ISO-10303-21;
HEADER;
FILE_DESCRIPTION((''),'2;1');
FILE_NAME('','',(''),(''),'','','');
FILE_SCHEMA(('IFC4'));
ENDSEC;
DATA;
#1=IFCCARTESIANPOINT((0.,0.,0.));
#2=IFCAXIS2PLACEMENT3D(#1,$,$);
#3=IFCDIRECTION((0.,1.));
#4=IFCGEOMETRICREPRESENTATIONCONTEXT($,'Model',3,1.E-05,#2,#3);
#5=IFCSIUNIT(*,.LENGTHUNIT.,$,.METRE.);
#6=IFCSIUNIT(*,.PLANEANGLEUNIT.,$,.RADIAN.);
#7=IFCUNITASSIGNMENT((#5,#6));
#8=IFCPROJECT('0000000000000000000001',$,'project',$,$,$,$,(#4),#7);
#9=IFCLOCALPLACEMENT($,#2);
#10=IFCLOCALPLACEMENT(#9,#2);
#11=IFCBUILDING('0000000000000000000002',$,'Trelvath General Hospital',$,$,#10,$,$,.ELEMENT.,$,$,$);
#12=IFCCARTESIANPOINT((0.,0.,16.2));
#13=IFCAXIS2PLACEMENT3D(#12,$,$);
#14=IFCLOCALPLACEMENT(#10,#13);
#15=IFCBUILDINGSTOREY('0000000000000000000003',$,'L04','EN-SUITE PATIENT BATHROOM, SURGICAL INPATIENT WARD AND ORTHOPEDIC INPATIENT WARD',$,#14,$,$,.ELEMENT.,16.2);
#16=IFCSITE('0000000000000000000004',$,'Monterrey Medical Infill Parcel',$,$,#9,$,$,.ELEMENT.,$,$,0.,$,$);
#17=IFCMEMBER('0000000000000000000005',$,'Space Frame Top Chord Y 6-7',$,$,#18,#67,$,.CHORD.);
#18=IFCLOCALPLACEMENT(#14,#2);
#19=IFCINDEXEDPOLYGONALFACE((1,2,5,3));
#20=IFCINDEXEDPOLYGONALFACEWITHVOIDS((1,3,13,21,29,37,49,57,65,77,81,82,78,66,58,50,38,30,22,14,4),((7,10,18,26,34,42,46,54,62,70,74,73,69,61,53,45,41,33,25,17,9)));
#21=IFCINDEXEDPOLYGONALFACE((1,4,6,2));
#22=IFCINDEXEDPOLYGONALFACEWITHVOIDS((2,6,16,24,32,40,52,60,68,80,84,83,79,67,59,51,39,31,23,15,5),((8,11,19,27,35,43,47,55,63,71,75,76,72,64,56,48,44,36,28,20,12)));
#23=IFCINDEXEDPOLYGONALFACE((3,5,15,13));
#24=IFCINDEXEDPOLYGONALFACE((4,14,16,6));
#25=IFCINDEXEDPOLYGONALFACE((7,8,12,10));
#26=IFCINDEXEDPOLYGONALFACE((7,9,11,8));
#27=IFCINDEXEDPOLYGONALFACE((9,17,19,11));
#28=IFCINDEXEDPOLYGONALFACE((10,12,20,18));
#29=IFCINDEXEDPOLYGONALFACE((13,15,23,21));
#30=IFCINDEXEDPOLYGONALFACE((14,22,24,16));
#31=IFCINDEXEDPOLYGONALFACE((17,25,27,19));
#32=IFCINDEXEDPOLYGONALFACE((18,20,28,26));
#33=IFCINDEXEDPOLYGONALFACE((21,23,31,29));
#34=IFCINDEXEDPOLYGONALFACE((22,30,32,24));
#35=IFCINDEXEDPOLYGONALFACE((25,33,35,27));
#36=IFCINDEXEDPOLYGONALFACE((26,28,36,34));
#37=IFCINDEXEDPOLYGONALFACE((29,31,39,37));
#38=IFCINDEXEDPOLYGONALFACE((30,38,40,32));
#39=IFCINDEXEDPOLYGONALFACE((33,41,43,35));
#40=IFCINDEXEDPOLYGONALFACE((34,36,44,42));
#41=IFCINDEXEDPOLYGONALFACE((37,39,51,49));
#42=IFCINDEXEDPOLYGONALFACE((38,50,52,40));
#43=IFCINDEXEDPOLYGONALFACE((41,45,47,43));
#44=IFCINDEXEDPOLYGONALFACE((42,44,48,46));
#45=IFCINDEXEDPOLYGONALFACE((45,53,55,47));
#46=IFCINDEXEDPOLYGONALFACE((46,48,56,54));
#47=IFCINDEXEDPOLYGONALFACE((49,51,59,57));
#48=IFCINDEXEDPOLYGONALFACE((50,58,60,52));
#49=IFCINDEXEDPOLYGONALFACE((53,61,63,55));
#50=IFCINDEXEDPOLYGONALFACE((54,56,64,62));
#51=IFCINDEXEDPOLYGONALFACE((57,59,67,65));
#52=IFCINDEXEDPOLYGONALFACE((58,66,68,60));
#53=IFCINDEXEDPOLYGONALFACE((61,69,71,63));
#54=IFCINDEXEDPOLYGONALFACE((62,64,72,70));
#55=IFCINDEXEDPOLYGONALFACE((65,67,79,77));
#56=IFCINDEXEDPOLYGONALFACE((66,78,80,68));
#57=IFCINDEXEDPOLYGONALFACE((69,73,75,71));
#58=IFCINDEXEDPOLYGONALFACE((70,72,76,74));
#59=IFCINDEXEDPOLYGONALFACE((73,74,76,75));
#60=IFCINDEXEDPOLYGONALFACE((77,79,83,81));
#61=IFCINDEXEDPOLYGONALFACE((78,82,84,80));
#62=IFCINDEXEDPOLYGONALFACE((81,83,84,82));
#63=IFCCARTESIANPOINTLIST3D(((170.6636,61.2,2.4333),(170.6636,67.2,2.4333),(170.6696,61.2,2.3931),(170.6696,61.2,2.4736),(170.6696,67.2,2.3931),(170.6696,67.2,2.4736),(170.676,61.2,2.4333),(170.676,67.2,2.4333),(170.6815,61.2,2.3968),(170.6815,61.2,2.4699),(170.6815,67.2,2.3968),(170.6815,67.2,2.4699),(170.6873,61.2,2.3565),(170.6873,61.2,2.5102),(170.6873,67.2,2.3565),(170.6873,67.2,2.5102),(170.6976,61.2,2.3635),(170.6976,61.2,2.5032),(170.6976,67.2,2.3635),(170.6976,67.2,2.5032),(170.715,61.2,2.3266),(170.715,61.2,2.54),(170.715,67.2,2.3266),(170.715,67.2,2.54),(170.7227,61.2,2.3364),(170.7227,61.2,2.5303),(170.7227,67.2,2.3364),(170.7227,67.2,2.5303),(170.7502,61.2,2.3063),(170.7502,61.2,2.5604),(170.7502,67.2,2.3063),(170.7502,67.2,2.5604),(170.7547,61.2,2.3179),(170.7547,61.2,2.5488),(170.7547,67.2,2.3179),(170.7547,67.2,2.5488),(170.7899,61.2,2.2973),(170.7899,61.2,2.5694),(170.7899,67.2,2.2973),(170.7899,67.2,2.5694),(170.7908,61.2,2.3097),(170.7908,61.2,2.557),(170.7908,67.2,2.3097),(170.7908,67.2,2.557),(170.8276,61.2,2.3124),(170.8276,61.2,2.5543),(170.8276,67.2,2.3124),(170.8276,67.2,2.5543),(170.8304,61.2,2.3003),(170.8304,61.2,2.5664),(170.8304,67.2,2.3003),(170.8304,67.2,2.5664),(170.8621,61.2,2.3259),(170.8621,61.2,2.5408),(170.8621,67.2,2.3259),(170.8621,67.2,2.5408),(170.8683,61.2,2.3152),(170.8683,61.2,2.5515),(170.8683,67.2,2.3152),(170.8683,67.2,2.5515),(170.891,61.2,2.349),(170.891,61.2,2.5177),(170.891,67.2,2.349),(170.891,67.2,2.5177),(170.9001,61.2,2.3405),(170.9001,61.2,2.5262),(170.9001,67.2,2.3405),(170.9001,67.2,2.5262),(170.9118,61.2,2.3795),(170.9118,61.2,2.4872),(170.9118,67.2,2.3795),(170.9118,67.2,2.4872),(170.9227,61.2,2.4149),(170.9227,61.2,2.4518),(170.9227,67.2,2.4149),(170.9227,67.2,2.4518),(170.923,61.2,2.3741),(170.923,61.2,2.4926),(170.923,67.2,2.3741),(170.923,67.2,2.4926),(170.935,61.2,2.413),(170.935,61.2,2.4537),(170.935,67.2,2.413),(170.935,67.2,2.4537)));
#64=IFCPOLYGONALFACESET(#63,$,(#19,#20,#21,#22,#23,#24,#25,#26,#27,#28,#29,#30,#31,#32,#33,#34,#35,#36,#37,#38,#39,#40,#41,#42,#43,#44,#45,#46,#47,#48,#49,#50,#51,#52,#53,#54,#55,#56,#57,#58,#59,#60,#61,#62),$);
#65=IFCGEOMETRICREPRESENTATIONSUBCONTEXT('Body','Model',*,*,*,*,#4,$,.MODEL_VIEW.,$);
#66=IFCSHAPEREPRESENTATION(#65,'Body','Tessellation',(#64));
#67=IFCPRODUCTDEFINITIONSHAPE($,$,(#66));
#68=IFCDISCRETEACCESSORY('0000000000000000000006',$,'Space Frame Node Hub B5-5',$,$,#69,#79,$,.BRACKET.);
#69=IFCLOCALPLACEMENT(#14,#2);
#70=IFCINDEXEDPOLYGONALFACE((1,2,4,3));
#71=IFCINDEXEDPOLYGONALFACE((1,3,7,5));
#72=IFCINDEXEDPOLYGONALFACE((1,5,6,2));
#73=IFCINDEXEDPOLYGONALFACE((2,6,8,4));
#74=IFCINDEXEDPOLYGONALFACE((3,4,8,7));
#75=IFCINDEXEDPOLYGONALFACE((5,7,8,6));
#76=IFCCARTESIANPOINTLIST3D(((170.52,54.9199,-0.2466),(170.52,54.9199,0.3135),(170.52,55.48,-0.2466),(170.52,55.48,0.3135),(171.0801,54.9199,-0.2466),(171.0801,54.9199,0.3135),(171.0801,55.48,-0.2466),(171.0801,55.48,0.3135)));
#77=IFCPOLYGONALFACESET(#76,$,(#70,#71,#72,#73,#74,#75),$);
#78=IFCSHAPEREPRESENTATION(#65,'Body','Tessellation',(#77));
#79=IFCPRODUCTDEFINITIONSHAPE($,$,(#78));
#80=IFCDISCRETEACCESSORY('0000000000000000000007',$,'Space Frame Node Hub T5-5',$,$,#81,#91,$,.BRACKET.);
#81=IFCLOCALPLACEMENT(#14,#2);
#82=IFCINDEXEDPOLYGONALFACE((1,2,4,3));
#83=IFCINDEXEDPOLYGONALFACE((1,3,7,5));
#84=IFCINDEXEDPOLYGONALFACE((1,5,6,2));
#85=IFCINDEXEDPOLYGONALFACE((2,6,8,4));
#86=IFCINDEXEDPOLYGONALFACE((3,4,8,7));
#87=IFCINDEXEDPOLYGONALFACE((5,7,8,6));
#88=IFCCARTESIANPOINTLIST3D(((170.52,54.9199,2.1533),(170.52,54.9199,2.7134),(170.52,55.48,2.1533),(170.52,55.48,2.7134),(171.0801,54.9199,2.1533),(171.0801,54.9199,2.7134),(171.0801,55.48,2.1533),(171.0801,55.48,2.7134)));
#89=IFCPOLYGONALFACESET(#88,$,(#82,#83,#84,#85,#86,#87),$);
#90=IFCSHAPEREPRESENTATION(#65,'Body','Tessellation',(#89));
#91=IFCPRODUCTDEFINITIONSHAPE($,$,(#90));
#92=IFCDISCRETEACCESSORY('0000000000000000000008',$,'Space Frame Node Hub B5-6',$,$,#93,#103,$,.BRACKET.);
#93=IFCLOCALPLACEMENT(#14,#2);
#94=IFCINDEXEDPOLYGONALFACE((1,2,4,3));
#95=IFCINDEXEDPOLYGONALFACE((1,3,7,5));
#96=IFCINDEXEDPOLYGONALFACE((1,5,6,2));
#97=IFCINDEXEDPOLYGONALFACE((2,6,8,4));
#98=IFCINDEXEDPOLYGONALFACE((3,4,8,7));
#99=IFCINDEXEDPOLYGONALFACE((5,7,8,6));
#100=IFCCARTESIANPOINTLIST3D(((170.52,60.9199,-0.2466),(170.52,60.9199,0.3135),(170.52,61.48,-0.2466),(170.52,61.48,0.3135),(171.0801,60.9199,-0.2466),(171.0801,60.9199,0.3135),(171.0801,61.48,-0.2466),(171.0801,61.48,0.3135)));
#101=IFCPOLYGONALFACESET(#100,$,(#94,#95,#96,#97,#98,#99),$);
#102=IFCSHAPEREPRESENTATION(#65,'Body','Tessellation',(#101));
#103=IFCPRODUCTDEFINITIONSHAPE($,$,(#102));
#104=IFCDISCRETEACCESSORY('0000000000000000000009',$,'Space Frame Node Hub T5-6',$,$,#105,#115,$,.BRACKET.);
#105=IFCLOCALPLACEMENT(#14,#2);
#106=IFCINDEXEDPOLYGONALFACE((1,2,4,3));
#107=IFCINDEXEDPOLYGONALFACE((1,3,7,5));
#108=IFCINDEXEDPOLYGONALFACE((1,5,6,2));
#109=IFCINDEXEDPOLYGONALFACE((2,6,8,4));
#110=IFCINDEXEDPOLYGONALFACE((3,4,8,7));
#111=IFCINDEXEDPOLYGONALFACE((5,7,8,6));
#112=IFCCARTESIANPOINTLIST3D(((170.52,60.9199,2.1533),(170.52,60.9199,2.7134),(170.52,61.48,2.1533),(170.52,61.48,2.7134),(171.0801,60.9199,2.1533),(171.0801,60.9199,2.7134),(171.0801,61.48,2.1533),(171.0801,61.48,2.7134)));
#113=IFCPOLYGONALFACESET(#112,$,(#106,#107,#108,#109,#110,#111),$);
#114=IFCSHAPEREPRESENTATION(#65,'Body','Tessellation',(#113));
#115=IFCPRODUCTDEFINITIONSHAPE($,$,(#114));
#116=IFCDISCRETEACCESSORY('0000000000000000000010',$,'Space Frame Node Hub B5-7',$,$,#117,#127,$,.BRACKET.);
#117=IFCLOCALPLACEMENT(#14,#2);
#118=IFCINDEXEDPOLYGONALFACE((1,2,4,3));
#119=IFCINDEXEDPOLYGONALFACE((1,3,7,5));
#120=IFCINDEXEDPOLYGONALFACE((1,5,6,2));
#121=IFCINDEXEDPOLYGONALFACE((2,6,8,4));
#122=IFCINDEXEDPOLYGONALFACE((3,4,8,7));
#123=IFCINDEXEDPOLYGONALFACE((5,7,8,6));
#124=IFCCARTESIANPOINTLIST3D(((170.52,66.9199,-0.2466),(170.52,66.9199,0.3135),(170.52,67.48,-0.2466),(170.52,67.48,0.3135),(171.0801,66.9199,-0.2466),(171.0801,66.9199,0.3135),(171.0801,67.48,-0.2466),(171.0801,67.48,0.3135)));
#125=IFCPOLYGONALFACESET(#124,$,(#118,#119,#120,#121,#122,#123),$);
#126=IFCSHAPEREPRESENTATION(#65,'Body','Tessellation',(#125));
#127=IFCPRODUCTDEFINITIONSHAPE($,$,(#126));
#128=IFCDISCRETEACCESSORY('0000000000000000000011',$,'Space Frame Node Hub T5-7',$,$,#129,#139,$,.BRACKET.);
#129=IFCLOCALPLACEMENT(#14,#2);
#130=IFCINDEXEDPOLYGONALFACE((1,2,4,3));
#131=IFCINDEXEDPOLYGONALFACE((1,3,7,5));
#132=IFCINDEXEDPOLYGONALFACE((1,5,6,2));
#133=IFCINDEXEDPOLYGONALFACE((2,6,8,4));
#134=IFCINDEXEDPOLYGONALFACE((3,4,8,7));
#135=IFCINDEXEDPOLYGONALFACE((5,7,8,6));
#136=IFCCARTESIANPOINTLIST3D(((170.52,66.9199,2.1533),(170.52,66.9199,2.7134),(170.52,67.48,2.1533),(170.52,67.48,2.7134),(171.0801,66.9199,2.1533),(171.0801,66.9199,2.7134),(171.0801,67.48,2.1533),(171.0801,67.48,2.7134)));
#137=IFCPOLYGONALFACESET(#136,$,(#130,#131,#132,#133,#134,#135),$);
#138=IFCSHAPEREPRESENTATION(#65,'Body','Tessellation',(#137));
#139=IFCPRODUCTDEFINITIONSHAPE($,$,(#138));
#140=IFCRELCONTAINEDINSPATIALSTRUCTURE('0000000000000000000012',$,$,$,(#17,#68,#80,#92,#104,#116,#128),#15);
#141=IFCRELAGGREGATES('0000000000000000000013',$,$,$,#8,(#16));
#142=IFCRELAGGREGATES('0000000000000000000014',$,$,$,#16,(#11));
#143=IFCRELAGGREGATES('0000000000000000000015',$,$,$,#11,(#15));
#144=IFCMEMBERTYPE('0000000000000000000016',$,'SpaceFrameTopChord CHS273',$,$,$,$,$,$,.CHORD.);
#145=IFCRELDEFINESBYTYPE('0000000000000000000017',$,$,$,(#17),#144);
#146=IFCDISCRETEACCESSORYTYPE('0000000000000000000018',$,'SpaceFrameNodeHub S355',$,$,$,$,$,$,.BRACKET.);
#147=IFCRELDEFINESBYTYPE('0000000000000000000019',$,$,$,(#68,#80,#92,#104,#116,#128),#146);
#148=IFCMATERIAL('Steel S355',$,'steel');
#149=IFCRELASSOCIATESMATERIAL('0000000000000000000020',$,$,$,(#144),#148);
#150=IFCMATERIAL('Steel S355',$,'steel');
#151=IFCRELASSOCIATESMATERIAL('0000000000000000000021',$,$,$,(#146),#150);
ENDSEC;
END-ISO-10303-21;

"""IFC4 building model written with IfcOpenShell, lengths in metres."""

from ifc_helpers import new_model, si_unit, direction, frame, origin, origin_2d, place, context, subcontext, project, spatial, rectangle, hollow_circle, extrude, material, material_profile, profile_set, type_object, element, save


model = new_model("IFC4")

# Units and contexts
model_context = context("Model", 3, precision=1e-05, world=origin(), true_north=direction((0.0, 1.0)))
body_context = subcontext(model_context, "Body", "Model", "MODEL_VIEW")
ifc_project = project(units=[si_unit("LENGTHUNIT", "METRE"), si_unit("PLANEANGLEUNIT", "RADIAN")], contexts=[model_context])

# Site, building, storey
site_placement = place(None, origin())
site = spatial("IfcSite", under=ifc_project, at=site_placement, Name="Monterrey Medical Infill Parcel", CompositionType="ELEMENT", RefElevation=0.0)
building_placement = place(site_placement, origin())
building = spatial("IfcBuilding", under=site, at=building_placement, Name="Trelvath General Hospital", CompositionType="ELEMENT")
storey_placement = place(building_placement, frame((0.0, 0.0, 16.2)))
storey = spatial("IfcBuildingStorey", under=building, at=storey_placement, Name="L04", Description="EN-SUITE PATIENT BATHROOM, SURGICAL INPATIENT WARD AND ORTHOPEDIC INPATIENT WARD", CompositionType="ELEMENT", Elevation=16.2)

# Member
ifc_material_1 = material(Name="Steel S355", Category="steel")
ifc_material_profile_1 = material_profile(ifc_material_1, hollow_circle(Radius=0.1365, WallThickness=0.0125, at=origin_2d()), Name="CHS273.0x12.5")
ifc_profile_set_1 = profile_set([ifc_material_profile_1], Name="Steel S355")
member_type_1 = type_object("IfcMemberType", Name="SpaceFrameTopChord CHS273", PredefinedType="CHORD", material=ifc_profile_set_1)
member_1_placement = place(storey_placement, frame((170.8, 61.2, 2.4333), z_axis=(0.0, 1.0, 0.0), x_axis=(-1.0, 0.0, 0.0)))
element("IfcMember", 1, at=member_1_placement, inside=storey, type_object=member_type_1, Name="Space Frame Top Chord Y 6-7", PredefinedType="CHORD", context=body_context, shape_type="SweptSolid", body=[
    extrude(hollow_circle(Radius=0.1365, WallThickness=0.0125, at=origin_2d()), origin(), (0.0, 0.0, 1.0), 6.0),
])

# Discrete accessories
ifc_material_2 = material(Name="Steel S355", Category="steel")
discrete_accessory_type = type_object("IfcDiscreteAccessoryType", Name="SpaceFrameNodeHub S355", PredefinedType="BRACKET", material=ifc_material_2)
for number, where, z_axis, x_axis, name in (
    (2, (170.8, 55.2, -0.2466), (0.0, 0.0, 1.0), (1.0, 0.0, 0.0), "Space Frame Node Hub B5-5"),
    (3, (170.8, 55.2, 2.1533), (0.0, 0.0, 1.0), (1.0, 0.0, 0.0), "Space Frame Node Hub T5-5"),
    (4, (170.8, 61.2, -0.2466), (0.0, 0.0, 1.0), (1.0, 0.0, 0.0), "Space Frame Node Hub B5-6"),
    (5, (170.8, 61.2, 2.1533), (0.0, 0.0, 1.0), (1.0, 0.0, 0.0), "Space Frame Node Hub T5-6"),
    (6, (170.8, 67.2, -0.2466), (0.0, 0.0, 1.0), (1.0, 0.0, 0.0), "Space Frame Node Hub B5-7"),
    (7, (170.8, 67.2, 2.1533), (0.0, 0.0, 1.0), (1.0, 0.0, 0.0), "Space Frame Node Hub T5-7"),
):
    element("IfcDiscreteAccessory", number, at=place(storey_placement, frame(where, z_axis=z_axis, x_axis=x_axis)), inside=storey, type_object=discrete_accessory_type, Name=name, PredefinedType="BRACKET", context=body_context, shape_type="SweptSolid", body=[
        extrude(rectangle(XDim=0.5601, YDim=0.5601, at=origin_2d()), origin(), (0.0, 0.0, 1.0), 0.5601),
    ])

save(model, "model.ifc")
